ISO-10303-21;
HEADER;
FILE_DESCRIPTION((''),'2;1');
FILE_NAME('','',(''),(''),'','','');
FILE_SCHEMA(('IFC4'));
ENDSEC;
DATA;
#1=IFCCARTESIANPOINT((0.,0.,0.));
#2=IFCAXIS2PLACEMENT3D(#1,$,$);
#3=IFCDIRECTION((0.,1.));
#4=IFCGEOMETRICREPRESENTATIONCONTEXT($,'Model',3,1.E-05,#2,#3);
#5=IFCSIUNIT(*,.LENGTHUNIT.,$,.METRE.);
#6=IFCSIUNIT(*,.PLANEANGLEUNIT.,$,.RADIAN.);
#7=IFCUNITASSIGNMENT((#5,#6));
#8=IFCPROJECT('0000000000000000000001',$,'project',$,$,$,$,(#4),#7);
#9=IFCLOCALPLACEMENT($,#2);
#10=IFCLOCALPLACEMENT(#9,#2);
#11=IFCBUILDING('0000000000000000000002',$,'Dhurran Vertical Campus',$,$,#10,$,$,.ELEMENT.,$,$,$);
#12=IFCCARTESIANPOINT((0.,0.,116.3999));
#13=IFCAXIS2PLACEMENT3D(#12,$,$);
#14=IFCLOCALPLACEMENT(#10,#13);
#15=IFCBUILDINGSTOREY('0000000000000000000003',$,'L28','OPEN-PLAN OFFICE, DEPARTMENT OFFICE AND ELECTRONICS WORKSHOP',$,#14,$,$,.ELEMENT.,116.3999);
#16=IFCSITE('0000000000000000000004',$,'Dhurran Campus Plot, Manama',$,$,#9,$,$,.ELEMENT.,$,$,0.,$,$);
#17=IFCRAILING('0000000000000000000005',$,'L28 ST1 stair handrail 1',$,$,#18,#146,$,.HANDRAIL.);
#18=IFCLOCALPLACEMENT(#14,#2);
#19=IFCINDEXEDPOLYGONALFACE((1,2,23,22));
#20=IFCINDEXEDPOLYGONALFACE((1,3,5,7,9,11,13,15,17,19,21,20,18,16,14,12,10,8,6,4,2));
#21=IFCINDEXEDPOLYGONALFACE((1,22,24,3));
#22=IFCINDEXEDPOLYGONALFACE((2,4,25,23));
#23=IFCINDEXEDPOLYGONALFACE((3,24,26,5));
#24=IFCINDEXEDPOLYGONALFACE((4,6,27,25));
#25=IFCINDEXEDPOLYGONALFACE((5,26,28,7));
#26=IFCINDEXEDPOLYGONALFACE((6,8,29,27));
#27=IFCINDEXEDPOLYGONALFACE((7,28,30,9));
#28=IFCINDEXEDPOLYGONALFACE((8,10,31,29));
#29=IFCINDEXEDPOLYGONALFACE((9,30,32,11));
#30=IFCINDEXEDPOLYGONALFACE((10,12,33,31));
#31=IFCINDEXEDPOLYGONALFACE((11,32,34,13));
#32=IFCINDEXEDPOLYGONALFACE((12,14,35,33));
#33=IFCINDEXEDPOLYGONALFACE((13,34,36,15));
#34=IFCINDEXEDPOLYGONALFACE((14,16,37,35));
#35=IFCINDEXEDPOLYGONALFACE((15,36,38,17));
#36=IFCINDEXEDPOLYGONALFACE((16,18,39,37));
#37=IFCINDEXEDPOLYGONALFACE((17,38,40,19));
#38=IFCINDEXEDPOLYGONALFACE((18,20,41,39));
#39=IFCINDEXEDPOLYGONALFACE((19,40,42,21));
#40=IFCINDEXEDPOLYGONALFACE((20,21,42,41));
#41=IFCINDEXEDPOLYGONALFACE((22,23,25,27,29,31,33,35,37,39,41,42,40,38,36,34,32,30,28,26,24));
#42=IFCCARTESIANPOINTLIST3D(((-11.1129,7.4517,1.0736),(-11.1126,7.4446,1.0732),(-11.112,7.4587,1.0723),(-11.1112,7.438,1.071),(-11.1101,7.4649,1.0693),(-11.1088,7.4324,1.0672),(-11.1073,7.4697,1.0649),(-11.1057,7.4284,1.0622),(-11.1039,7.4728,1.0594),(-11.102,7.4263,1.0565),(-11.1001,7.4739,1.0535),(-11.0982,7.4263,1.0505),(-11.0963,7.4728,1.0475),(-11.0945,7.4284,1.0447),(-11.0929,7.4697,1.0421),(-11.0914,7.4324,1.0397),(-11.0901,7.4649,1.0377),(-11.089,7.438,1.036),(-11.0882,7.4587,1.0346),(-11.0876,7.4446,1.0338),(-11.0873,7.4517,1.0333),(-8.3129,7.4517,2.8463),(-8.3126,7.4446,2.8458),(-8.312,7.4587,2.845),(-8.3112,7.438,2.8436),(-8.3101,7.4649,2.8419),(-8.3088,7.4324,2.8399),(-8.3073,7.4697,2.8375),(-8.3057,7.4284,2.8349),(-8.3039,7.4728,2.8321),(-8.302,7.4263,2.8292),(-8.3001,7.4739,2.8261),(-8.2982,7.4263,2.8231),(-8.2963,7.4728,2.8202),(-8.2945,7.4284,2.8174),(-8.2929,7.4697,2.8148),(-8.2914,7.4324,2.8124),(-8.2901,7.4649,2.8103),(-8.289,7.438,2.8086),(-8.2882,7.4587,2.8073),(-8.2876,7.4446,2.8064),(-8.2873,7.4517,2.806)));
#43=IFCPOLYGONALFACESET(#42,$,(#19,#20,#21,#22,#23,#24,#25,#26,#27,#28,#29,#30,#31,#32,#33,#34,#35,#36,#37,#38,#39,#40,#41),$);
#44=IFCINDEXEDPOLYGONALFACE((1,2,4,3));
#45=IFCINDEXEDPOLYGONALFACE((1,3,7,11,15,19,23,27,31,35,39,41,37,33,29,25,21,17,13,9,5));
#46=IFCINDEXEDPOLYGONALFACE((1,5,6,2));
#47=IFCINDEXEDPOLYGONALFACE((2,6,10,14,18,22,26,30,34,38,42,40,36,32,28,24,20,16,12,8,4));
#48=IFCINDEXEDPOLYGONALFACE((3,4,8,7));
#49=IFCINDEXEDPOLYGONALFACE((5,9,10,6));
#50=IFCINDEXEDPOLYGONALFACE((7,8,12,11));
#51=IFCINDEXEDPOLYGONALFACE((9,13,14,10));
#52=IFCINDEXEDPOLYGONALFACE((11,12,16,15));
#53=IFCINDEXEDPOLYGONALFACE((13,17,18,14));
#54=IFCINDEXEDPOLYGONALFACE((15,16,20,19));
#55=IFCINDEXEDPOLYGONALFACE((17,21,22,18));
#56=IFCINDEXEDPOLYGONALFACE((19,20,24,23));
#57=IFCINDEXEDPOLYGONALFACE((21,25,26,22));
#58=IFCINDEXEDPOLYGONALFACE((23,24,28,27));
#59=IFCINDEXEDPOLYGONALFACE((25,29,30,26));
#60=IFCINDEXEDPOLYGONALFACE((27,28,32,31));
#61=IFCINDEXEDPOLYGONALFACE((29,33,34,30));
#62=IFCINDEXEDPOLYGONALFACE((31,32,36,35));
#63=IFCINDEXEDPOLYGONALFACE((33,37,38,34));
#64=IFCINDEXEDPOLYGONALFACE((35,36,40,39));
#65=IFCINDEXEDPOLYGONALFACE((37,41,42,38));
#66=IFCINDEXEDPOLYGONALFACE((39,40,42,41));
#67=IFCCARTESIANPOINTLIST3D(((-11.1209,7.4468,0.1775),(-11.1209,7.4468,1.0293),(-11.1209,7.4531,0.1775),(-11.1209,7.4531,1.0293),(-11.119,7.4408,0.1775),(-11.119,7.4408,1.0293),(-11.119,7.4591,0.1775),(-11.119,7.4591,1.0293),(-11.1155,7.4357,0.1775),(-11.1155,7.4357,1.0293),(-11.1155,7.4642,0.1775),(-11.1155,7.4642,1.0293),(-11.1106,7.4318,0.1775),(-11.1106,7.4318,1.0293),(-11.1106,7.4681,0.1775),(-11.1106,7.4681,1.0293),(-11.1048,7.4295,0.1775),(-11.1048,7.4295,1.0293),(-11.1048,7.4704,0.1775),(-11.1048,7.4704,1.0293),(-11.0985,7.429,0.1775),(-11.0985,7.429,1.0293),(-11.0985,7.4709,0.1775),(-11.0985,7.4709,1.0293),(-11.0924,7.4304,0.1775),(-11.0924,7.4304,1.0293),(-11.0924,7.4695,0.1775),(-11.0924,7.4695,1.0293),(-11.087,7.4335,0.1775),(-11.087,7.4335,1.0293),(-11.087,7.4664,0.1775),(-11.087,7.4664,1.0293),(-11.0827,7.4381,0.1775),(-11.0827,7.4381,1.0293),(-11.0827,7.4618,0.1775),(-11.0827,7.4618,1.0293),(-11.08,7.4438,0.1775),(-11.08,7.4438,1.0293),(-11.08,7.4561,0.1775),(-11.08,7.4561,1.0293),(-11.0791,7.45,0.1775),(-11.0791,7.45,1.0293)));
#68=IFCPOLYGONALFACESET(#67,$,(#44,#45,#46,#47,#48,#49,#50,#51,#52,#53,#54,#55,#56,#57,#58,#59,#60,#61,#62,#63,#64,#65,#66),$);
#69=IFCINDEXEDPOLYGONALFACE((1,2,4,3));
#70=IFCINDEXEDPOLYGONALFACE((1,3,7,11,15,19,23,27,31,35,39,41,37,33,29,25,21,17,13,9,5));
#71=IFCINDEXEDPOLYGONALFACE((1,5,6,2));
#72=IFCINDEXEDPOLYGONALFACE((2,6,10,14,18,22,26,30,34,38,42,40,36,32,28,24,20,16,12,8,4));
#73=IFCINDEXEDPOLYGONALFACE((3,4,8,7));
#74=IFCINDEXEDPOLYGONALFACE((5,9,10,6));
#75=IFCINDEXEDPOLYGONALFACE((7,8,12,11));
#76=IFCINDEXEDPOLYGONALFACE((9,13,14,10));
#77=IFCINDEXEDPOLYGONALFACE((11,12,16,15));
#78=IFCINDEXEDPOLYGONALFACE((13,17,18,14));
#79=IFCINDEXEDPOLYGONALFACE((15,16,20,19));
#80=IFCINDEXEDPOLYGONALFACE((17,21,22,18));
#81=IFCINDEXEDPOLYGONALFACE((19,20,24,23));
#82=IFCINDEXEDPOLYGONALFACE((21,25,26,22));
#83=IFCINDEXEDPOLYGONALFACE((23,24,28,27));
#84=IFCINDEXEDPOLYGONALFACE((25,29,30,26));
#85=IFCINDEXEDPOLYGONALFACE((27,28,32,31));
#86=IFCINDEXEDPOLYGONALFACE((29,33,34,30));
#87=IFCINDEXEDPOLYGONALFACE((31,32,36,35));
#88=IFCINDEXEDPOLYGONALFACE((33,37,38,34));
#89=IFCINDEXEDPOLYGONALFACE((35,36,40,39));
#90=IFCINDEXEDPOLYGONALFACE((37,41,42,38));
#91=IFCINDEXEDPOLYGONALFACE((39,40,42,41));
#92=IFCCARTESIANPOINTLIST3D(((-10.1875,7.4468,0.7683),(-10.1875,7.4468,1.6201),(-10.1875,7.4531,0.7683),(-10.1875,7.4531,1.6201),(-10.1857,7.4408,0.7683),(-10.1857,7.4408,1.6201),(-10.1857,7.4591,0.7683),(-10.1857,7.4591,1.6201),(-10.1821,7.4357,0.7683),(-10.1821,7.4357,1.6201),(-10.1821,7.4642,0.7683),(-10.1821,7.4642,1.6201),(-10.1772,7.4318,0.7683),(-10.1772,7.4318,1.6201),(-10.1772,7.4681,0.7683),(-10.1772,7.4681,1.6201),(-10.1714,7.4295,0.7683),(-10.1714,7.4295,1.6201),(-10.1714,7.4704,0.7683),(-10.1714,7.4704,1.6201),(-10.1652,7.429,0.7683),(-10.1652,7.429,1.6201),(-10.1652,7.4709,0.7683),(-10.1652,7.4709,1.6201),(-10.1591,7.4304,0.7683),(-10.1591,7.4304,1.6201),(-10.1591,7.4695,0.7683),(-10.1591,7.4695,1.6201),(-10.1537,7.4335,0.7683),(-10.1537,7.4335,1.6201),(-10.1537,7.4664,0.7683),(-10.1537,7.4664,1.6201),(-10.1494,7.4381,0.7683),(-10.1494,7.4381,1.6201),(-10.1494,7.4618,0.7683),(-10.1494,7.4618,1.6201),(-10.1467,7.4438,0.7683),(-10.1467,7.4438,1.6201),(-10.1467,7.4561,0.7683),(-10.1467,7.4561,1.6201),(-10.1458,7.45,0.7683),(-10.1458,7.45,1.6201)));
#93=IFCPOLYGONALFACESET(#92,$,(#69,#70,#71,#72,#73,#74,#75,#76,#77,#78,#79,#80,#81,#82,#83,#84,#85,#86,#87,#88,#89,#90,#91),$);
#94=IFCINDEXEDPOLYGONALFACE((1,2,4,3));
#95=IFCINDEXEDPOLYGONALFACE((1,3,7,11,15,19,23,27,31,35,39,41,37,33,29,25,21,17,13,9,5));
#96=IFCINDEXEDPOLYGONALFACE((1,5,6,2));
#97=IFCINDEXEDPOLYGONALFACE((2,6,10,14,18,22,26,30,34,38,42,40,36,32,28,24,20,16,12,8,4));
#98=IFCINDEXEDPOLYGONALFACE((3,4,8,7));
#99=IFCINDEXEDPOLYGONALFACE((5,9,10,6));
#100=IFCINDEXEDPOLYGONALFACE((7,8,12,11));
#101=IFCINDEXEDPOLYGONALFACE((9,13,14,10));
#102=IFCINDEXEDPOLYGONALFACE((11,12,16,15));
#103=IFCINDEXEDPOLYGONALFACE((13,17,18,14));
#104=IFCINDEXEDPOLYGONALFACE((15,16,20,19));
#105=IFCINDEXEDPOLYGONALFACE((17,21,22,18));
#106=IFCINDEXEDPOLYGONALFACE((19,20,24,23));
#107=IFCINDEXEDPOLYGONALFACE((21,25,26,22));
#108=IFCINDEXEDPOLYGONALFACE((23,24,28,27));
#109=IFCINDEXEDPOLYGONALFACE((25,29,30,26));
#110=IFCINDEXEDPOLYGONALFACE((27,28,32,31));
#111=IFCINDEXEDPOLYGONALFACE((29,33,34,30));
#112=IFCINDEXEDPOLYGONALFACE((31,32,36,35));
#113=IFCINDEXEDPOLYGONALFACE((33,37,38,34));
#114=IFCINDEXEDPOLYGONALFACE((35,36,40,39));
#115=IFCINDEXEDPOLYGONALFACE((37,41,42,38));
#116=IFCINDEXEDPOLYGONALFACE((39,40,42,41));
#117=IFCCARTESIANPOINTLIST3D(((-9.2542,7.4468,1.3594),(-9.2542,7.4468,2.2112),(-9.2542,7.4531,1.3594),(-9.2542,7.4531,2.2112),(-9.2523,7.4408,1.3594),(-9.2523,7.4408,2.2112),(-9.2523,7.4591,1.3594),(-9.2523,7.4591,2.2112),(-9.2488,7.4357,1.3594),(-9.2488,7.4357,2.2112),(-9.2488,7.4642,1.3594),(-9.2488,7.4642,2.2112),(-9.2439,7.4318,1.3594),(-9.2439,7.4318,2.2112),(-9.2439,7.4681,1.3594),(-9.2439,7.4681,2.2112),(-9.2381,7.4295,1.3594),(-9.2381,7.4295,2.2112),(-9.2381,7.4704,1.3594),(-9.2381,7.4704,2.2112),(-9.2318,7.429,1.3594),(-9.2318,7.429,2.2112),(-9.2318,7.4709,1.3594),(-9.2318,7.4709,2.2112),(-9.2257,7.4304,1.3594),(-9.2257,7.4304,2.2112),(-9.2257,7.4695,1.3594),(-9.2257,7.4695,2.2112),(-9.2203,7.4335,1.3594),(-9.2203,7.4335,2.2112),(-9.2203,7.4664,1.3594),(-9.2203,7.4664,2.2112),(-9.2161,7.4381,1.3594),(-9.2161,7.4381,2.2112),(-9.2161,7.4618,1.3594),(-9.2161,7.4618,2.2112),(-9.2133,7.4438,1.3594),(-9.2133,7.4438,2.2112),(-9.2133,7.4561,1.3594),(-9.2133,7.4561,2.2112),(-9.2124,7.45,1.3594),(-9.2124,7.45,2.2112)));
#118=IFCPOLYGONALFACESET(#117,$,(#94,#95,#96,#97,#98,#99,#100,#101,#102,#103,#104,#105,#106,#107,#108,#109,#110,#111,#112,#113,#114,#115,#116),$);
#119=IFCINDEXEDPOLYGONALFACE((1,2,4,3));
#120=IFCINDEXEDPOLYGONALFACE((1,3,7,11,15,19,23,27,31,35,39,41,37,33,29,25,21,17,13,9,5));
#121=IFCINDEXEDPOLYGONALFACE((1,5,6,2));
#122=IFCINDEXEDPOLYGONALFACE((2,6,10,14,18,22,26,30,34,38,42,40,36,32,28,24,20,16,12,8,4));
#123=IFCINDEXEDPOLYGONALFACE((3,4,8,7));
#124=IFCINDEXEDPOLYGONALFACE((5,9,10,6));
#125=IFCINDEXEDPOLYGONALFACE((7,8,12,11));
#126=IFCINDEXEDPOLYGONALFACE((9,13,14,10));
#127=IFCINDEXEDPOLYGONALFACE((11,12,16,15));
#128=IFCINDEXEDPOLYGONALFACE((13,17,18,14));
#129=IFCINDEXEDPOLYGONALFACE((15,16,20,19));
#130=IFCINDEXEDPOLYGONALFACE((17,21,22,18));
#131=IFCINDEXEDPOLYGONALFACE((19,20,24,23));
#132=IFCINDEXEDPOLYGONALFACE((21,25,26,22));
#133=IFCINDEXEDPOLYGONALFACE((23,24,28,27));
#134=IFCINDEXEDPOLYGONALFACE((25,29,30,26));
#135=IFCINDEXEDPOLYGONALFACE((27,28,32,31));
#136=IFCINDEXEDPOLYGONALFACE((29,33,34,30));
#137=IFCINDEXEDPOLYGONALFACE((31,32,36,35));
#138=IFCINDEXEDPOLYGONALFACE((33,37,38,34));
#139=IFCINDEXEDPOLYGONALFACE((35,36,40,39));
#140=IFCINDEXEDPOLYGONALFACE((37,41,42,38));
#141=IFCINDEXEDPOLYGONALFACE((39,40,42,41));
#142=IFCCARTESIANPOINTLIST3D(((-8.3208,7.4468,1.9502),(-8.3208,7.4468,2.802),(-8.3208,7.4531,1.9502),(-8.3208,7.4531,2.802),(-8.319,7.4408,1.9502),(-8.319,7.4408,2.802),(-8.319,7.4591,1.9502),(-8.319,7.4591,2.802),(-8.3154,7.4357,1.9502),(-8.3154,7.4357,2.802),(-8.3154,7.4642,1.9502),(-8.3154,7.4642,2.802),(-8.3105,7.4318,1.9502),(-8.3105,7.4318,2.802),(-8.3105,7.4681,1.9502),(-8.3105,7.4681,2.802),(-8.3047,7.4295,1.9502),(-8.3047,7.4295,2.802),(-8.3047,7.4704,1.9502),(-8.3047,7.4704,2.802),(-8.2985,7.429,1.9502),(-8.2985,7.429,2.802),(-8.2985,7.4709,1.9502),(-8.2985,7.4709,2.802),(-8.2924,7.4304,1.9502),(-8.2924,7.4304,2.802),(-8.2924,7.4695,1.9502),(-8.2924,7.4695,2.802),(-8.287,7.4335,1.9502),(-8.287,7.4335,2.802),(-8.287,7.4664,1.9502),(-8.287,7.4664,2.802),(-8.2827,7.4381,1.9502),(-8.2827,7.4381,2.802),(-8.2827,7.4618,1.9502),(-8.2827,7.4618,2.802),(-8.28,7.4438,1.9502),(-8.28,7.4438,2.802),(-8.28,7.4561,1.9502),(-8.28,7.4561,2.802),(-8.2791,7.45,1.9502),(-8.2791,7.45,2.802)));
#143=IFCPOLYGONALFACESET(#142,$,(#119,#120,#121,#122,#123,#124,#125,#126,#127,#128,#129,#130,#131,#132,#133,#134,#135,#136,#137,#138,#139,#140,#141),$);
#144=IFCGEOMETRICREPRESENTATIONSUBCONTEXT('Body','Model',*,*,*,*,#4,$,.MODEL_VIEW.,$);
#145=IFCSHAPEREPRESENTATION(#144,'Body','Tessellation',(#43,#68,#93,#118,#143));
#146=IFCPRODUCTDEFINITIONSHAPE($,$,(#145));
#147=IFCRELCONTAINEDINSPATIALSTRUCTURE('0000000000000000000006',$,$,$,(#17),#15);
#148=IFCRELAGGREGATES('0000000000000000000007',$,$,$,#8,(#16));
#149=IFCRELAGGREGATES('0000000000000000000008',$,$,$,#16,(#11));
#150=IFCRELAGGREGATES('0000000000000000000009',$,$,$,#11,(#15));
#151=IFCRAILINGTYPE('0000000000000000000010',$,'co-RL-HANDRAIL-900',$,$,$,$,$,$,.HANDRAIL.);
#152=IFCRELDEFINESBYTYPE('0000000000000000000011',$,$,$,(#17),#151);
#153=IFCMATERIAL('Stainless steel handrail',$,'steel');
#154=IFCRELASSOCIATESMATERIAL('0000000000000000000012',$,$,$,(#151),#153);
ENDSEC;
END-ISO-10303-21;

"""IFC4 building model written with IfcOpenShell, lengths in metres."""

from ifc_helpers import new_model, si_unit, direction, frame, origin, origin_2d, place, context, subcontext, project, spatial, circle, extrude, material, type_object, element, save


model = new_model("IFC4")

# Units and contexts
model_context = context("Model", 3, precision=1e-05, world=origin(), true_north=direction((0.0, 1.0)))
body_context = subcontext(model_context, "Body", "Model", "MODEL_VIEW")
ifc_project = project(units=[si_unit("LENGTHUNIT", "METRE"), si_unit("PLANEANGLEUNIT", "RADIAN")], contexts=[model_context])

# Site, building, storey
site_placement = place(None, origin())
site = spatial("IfcSite", under=ifc_project, at=site_placement, Name="Dhurran Campus Plot, Manama", CompositionType="ELEMENT", RefElevation=0.0)
building_placement = place(site_placement, origin())
building = spatial("IfcBuilding", under=site, at=building_placement, Name="Dhurran Vertical Campus", CompositionType="ELEMENT")
storey_placement = place(building_placement, frame((0.0, 0.0, 116.3999)))
storey = spatial("IfcBuildingStorey", under=building, at=storey_placement, Name="L28", Description="OPEN-PLAN OFFICE, DEPARTMENT OFFICE AND ELECTRONICS WORKSHOP", CompositionType="ELEMENT", Elevation=116.3999)

# Railing
ifc_material_1 = material(Name="Stainless steel handrail", Category="steel")
railing_type_1 = type_object("IfcRailingType", Name="co-RL-HANDRAIL-900", PredefinedType="HANDRAIL", material=ifc_material_1)
railing_1_placement = place(storey_placement, frame((-11.1001, 7.45, 0.1775)))
element("IfcRailing", 1, at=railing_1_placement, inside=storey, type_object=railing_type_1, Name="L28 ST1 stair handrail 1", PredefinedType="HANDRAIL", context=body_context, shape_type="SweptSolid", body=[
    extrude(circle(Radius=0.0239, at=origin_2d()), frame((0.0, 0.0, 0.876), z_axis=(0.844909, 0.0, 0.53491), x_axis=(0.0, 1.0, 0.0)), (0.0, 0.0, 1.0), 3.314),
    extrude(circle(Radius=0.021, at=origin_2d()), origin(), (0.0, 0.0, 1.0), 0.8518),
    extrude(circle(Radius=0.021, at=origin_2d()), frame((0.9333, 0.0, 0.5908)), (0.0, 0.0, 1.0), 0.8518),
    extrude(circle(Radius=0.021, at=origin_2d()), frame((1.8667, 0.0, 1.1819)), (0.0, 0.0, 1.0), 0.8518),
    extrude(circle(Radius=0.021, at=origin_2d()), frame((2.8, 0.0, 1.7727)), (0.0, 0.0, 1.0), 0.8518),
])

save(model, "model.ifc")
